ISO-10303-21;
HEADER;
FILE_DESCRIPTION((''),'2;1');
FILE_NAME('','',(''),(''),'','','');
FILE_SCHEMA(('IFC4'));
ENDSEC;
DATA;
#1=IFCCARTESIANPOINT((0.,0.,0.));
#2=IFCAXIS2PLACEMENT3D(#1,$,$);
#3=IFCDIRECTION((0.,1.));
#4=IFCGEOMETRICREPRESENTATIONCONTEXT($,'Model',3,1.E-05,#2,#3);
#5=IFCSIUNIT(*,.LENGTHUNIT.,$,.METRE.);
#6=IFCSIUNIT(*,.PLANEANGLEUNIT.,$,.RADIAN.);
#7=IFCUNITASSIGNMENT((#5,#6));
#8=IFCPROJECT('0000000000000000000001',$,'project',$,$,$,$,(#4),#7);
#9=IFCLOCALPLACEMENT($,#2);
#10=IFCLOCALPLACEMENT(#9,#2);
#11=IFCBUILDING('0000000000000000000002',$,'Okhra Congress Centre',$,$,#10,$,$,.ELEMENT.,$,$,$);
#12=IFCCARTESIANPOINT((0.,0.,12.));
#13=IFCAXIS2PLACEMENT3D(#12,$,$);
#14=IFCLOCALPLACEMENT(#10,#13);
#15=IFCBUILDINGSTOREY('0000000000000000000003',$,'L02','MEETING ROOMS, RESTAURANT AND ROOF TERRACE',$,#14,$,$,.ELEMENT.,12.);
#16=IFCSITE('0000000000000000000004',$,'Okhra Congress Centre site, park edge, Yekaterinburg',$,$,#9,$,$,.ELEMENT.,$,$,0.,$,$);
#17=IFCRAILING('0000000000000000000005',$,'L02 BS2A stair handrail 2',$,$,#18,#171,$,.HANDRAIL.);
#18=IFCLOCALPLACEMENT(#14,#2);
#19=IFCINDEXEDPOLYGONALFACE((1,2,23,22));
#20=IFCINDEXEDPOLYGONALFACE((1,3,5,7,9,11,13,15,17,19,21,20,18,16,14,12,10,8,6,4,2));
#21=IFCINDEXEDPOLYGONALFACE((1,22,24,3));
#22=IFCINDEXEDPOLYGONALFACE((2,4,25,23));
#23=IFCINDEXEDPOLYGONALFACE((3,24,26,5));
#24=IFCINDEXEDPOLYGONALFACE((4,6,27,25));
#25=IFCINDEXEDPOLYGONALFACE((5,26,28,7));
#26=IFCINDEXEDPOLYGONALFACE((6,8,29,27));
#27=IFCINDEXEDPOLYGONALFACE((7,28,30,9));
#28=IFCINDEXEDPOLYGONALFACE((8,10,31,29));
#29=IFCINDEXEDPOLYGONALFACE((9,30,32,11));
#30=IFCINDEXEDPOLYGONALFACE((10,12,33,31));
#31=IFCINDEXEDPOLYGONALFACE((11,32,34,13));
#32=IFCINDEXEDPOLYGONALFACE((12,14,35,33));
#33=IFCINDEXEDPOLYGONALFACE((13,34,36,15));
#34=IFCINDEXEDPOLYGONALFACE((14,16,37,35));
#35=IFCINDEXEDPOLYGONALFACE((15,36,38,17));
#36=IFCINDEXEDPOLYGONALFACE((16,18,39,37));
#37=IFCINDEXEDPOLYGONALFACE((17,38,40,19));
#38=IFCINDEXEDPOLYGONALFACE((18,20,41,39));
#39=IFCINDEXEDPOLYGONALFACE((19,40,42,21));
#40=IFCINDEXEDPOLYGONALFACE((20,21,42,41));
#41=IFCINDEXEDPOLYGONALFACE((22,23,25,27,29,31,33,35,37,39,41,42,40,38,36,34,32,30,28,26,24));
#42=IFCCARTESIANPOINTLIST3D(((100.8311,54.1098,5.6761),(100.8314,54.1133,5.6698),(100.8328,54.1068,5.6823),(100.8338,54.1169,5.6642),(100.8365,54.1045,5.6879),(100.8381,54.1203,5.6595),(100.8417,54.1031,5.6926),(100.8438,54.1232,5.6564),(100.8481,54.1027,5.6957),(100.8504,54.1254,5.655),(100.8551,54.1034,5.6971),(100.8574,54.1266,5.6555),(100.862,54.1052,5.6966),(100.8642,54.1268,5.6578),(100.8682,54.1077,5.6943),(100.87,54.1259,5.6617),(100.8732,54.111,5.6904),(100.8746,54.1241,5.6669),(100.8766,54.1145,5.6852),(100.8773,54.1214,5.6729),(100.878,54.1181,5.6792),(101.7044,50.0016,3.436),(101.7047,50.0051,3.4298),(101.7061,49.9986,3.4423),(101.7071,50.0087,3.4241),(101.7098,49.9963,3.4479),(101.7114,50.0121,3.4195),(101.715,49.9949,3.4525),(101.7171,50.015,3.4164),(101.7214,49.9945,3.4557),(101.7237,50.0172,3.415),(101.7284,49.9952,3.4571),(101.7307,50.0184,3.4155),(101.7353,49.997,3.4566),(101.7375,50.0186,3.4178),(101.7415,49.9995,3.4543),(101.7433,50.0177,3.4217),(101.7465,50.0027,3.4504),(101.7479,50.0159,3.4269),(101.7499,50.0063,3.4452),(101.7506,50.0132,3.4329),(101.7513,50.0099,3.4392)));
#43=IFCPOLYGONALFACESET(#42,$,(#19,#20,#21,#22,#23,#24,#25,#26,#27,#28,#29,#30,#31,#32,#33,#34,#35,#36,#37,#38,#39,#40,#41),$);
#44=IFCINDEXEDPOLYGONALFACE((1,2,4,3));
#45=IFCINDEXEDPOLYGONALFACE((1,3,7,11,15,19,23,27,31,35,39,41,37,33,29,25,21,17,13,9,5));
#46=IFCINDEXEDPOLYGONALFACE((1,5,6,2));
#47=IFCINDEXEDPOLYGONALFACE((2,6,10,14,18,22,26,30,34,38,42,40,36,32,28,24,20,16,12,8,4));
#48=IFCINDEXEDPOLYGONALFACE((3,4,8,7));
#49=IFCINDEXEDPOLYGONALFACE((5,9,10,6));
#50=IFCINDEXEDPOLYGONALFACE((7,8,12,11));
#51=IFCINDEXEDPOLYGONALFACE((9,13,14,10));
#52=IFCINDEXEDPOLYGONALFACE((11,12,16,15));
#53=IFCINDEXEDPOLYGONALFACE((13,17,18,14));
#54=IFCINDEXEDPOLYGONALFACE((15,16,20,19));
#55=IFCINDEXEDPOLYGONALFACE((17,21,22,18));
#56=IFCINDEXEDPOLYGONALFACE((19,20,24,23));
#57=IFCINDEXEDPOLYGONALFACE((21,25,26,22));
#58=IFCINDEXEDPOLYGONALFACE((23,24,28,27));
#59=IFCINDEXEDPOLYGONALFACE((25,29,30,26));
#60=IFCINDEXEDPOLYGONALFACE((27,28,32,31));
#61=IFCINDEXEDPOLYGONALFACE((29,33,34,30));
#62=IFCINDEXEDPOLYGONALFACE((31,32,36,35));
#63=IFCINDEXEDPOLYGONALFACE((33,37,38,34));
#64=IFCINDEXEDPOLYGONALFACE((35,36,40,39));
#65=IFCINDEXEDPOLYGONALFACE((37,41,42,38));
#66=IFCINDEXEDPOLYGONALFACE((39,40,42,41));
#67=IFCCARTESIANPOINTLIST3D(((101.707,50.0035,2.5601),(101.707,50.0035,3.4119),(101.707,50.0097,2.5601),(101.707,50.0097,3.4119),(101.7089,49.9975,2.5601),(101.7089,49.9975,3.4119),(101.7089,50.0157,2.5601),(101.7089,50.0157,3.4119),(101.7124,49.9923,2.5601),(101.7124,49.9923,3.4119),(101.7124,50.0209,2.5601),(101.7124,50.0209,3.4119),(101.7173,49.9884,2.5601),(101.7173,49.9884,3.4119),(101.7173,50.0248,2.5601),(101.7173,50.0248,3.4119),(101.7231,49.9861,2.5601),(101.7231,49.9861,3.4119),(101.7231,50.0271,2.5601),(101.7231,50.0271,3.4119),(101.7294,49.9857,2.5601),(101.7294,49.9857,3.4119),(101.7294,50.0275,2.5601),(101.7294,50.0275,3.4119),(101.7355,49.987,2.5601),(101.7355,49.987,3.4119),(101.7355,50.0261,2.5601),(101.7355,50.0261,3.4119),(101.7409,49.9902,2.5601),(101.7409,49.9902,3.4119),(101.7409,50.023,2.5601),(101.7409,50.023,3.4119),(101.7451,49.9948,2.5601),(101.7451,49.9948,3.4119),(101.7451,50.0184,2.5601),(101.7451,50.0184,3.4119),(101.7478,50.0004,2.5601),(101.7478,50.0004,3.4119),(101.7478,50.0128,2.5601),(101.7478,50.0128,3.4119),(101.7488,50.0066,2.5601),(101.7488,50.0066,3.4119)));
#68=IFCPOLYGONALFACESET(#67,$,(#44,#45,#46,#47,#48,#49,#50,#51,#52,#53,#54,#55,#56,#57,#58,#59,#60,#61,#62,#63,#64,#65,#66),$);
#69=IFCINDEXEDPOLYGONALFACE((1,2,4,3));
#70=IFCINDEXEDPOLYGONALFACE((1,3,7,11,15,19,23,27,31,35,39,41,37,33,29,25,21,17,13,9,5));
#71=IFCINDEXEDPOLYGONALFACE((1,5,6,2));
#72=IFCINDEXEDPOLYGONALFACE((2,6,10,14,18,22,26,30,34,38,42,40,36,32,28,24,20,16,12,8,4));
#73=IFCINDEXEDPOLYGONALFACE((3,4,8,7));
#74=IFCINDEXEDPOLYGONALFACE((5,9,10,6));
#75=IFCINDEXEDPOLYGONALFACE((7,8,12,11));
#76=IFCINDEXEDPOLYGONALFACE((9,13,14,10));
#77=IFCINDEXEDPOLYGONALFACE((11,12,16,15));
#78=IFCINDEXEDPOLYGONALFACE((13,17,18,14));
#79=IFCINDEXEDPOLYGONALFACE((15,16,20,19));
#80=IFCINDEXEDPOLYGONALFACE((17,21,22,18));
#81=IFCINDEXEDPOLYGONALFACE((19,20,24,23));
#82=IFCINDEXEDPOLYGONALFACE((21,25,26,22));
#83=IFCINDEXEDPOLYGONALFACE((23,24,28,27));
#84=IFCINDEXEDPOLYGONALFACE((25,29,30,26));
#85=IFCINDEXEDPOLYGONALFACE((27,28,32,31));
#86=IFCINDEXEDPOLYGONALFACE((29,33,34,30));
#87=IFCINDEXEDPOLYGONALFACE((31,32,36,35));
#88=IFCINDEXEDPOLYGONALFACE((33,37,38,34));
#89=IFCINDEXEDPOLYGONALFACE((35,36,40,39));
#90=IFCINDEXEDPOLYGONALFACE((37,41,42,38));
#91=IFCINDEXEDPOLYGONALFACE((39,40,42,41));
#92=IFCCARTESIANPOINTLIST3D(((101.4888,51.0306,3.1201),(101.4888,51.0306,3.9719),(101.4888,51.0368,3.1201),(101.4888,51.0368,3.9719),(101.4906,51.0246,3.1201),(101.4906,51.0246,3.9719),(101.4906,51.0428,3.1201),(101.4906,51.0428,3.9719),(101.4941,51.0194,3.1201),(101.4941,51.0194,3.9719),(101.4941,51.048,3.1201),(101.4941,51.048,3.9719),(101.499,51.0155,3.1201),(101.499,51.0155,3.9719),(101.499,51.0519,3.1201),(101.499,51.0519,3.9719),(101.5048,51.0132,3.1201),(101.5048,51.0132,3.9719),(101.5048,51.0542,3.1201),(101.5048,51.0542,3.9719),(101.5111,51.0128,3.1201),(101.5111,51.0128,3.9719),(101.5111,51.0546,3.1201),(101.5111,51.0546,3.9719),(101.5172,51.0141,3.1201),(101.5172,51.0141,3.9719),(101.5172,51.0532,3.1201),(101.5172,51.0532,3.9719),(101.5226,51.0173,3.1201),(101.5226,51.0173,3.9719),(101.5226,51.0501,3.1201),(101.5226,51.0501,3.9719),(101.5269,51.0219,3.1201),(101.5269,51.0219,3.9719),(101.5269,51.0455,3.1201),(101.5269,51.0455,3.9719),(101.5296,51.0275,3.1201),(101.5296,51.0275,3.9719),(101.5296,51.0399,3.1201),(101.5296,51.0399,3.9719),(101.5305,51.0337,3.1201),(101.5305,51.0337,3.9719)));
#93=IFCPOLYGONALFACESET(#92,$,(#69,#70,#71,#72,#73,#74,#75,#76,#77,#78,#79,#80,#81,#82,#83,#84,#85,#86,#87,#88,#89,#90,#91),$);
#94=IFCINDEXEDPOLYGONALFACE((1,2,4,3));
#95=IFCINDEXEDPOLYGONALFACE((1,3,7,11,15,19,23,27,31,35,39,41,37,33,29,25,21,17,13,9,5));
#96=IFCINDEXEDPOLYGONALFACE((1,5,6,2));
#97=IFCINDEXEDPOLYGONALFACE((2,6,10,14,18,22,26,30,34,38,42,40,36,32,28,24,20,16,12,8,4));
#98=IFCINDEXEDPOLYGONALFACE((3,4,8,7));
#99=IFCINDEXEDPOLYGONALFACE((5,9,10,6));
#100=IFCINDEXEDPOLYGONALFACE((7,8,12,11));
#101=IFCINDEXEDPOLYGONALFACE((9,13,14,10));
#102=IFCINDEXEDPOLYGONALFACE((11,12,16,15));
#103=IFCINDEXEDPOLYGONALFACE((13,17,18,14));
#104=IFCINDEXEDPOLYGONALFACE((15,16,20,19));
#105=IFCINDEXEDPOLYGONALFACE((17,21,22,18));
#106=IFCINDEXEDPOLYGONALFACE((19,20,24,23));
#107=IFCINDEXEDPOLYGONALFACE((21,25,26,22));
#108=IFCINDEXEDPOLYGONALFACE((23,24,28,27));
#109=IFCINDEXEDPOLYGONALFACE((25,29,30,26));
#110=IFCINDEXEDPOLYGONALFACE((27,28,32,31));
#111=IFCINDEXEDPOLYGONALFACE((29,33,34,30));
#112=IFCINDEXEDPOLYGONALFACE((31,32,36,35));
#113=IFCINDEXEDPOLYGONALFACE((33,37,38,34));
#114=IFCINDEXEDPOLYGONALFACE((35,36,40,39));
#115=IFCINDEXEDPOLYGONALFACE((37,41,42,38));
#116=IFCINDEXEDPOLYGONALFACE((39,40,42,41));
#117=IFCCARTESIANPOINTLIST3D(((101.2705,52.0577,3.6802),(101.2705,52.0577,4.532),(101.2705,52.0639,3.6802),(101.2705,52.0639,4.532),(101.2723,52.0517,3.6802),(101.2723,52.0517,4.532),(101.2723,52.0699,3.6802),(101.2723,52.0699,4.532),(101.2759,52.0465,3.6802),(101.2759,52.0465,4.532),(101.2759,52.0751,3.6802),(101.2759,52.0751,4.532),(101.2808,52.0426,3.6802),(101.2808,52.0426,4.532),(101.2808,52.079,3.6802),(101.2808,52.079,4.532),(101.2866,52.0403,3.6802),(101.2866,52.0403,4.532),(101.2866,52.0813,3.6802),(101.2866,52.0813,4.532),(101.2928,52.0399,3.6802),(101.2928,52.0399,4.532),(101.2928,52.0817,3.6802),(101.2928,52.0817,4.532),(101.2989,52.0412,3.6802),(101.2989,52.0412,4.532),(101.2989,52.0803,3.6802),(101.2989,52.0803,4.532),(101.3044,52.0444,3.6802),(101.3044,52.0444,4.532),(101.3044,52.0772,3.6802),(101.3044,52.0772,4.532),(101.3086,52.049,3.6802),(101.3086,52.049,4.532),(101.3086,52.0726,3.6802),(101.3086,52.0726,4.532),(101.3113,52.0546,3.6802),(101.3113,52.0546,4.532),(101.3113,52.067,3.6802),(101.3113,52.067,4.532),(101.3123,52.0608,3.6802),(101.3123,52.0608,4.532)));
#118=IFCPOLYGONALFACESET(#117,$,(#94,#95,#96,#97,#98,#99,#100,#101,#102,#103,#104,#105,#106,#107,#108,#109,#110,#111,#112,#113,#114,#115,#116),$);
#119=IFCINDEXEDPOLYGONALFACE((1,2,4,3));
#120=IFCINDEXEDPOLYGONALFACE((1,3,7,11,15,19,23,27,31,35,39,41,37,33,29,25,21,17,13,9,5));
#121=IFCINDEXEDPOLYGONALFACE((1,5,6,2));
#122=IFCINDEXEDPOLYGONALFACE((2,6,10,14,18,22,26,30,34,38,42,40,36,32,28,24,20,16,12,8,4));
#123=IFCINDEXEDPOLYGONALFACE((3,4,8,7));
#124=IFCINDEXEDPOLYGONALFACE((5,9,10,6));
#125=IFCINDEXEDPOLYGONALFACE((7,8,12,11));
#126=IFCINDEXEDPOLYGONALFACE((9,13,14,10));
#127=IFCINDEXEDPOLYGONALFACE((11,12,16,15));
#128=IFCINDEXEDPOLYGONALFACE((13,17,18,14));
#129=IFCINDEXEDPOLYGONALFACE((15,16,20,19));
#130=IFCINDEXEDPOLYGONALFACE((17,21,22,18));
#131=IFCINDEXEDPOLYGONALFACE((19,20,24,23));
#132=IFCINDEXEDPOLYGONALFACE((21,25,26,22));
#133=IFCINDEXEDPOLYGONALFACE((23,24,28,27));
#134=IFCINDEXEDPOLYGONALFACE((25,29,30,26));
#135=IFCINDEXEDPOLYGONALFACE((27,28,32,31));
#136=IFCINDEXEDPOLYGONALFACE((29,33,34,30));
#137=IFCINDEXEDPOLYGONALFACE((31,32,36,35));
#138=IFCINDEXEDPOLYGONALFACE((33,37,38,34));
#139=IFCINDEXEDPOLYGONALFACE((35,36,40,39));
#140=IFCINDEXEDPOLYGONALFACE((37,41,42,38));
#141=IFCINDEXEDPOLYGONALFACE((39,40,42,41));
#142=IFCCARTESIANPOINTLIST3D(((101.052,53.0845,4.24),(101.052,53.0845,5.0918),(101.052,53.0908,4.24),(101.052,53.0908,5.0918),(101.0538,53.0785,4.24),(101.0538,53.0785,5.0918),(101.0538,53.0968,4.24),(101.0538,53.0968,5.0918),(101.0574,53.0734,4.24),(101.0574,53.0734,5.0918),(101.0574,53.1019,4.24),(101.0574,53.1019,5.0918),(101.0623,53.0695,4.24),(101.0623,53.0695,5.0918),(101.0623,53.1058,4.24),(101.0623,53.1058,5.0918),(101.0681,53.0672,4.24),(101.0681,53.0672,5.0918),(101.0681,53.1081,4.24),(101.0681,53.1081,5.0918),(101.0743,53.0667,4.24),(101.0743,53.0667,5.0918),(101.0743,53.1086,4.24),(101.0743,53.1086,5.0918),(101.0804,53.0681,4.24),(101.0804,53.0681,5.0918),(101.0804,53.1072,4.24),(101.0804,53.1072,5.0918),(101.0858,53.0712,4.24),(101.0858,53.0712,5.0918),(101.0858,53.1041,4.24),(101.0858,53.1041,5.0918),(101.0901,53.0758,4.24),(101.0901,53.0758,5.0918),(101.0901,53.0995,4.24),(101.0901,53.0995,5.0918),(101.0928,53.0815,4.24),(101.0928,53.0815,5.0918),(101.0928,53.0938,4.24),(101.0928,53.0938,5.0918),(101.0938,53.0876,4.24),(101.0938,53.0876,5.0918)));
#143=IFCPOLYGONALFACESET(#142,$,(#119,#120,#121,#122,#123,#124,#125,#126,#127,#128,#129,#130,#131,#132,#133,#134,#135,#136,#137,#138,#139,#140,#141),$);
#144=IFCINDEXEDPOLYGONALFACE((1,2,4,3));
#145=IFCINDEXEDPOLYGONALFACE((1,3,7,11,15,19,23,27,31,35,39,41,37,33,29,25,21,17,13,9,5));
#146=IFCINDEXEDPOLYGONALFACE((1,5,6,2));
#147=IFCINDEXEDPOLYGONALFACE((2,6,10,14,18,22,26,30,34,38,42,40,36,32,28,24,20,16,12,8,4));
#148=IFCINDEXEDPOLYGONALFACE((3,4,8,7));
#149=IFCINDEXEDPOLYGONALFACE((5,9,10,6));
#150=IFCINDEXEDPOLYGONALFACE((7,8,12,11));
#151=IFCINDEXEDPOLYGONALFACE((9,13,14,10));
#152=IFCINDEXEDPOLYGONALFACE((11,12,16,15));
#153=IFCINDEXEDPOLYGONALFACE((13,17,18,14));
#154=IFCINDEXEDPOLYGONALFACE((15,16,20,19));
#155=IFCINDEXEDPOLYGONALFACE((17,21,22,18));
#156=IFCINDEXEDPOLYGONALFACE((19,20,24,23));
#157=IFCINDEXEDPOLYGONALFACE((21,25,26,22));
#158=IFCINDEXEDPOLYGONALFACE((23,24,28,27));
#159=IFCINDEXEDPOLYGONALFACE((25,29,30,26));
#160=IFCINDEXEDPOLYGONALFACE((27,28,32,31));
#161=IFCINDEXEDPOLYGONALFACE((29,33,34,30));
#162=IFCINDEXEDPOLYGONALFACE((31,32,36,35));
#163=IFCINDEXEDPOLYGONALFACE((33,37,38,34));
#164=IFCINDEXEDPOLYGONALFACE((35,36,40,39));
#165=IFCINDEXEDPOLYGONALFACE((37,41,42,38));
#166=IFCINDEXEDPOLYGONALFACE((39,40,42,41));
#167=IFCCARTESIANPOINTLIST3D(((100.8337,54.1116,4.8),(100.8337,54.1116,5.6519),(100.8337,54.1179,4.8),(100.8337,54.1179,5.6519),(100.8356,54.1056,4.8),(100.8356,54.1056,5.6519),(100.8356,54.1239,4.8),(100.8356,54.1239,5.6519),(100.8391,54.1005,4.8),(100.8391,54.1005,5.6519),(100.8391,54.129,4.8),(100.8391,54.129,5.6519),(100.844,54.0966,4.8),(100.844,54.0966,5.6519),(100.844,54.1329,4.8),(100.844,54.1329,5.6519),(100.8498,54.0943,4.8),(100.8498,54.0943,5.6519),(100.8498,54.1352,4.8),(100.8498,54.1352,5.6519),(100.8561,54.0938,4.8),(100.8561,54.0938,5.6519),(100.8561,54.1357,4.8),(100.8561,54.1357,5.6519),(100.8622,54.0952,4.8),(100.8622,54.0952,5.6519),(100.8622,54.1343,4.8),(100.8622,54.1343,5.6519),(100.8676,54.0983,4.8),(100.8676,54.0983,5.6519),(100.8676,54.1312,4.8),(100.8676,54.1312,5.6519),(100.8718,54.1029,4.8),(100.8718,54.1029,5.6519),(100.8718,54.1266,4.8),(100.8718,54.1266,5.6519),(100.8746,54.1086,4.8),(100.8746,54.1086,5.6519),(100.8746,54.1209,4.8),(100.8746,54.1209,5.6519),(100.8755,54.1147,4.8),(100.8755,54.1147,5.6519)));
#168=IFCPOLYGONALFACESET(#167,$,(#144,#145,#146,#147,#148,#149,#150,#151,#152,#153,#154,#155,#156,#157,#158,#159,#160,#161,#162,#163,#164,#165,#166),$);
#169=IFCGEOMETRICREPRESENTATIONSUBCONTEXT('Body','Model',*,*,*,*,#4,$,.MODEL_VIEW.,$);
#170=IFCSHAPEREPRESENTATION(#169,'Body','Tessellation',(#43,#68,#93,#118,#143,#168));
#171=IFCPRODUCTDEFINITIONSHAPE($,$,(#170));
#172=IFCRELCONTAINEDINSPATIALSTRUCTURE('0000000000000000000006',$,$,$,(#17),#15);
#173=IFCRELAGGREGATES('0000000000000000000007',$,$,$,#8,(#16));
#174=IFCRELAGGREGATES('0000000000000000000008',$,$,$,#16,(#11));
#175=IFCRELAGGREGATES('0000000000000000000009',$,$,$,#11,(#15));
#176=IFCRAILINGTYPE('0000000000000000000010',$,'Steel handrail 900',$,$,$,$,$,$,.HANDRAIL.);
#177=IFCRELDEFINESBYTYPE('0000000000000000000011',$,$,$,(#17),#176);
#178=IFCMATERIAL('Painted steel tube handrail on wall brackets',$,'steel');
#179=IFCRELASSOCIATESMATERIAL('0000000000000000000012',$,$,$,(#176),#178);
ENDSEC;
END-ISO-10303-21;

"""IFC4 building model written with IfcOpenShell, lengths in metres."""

from ifc_helpers import new_model, si_unit, direction, frame, origin, origin_2d, place, context, subcontext, project, spatial, circle, extrude, material, type_object, element, save


model = new_model("IFC4")

# Units and contexts
model_context = context("Model", 3, precision=1e-05, world=origin(), true_north=direction((0.0, 1.0)))
body_context = subcontext(model_context, "Body", "Model", "MODEL_VIEW")
ifc_project = project(units=[si_unit("LENGTHUNIT", "METRE"), si_unit("PLANEANGLEUNIT", "RADIAN")], contexts=[model_context])

# Site, building, storey
site_placement = place(None, origin())
site = spatial("IfcSite", under=ifc_project, at=site_placement, Name="Okhra Congress Centre site, park edge, Yekaterinburg", CompositionType="ELEMENT", RefElevation=0.0)
building_placement = place(site_placement, origin())
building = spatial("IfcBuilding", under=site, at=building_placement, Name="Okhra Congress Centre", CompositionType="ELEMENT")
storey_placement = place(building_placement, frame((0.0, 0.0, 12.0)))
storey = spatial("IfcBuildingStorey", under=building, at=storey_placement, Name="L02", Description="MEETING ROOMS, RESTAURANT AND ROOF TERRACE", CompositionType="ELEMENT", Elevation=12.0)

# Railing
ifc_material_1 = material(Name="Painted steel tube handrail on wall brackets", Category="steel")
railing_type_1 = type_object("IfcRailingType", Name="Steel handrail 900", PredefinedType="HANDRAIL", material=ifc_material_1)
railing_1_placement = place(storey_placement, frame((101.7278, 50.0066, 2.5601)))
element("IfcRailing", 1, at=railing_1_placement, inside=storey, type_object=railing_type_1, Name="L02 BS2A stair handrail 2", PredefinedType="HANDRAIL", context=body_context, shape_type="SweptSolid", body=[
    extrude(circle(Radius=0.0239, at=origin_2d()), frame((0.0, 0.0, 0.876), z_axis=(-0.183466, 0.863067, 0.470591), x_axis=(-0.978144, -0.207929, 0.0)), (0.0, 0.0, 1.0), 4.76),
    extrude(circle(Radius=0.021, at=origin_2d()), origin(), (0.0, 0.0, 1.0), 0.8518),
    extrude(circle(Radius=0.021, at=origin_2d()), frame((-0.2183, 1.0271, 0.5601)), (0.0, 0.0, 1.0), 0.8518),
    extrude(circle(Radius=0.021, at=origin_2d()), frame((-0.4365, 2.0542, 1.1201)), (0.0, 0.0, 1.0), 0.8518),
    extrude(circle(Radius=0.021, at=origin_2d()), frame((-0.655, 3.0811, 1.6799)), (0.0, 0.0, 1.0), 0.8518),
    extrude(circle(Radius=0.021, at=origin_2d()), frame((-0.8733, 4.1082, 2.24)), (0.0, 0.0, 1.0), 0.8518),
])

save(model, "model.ifc")
